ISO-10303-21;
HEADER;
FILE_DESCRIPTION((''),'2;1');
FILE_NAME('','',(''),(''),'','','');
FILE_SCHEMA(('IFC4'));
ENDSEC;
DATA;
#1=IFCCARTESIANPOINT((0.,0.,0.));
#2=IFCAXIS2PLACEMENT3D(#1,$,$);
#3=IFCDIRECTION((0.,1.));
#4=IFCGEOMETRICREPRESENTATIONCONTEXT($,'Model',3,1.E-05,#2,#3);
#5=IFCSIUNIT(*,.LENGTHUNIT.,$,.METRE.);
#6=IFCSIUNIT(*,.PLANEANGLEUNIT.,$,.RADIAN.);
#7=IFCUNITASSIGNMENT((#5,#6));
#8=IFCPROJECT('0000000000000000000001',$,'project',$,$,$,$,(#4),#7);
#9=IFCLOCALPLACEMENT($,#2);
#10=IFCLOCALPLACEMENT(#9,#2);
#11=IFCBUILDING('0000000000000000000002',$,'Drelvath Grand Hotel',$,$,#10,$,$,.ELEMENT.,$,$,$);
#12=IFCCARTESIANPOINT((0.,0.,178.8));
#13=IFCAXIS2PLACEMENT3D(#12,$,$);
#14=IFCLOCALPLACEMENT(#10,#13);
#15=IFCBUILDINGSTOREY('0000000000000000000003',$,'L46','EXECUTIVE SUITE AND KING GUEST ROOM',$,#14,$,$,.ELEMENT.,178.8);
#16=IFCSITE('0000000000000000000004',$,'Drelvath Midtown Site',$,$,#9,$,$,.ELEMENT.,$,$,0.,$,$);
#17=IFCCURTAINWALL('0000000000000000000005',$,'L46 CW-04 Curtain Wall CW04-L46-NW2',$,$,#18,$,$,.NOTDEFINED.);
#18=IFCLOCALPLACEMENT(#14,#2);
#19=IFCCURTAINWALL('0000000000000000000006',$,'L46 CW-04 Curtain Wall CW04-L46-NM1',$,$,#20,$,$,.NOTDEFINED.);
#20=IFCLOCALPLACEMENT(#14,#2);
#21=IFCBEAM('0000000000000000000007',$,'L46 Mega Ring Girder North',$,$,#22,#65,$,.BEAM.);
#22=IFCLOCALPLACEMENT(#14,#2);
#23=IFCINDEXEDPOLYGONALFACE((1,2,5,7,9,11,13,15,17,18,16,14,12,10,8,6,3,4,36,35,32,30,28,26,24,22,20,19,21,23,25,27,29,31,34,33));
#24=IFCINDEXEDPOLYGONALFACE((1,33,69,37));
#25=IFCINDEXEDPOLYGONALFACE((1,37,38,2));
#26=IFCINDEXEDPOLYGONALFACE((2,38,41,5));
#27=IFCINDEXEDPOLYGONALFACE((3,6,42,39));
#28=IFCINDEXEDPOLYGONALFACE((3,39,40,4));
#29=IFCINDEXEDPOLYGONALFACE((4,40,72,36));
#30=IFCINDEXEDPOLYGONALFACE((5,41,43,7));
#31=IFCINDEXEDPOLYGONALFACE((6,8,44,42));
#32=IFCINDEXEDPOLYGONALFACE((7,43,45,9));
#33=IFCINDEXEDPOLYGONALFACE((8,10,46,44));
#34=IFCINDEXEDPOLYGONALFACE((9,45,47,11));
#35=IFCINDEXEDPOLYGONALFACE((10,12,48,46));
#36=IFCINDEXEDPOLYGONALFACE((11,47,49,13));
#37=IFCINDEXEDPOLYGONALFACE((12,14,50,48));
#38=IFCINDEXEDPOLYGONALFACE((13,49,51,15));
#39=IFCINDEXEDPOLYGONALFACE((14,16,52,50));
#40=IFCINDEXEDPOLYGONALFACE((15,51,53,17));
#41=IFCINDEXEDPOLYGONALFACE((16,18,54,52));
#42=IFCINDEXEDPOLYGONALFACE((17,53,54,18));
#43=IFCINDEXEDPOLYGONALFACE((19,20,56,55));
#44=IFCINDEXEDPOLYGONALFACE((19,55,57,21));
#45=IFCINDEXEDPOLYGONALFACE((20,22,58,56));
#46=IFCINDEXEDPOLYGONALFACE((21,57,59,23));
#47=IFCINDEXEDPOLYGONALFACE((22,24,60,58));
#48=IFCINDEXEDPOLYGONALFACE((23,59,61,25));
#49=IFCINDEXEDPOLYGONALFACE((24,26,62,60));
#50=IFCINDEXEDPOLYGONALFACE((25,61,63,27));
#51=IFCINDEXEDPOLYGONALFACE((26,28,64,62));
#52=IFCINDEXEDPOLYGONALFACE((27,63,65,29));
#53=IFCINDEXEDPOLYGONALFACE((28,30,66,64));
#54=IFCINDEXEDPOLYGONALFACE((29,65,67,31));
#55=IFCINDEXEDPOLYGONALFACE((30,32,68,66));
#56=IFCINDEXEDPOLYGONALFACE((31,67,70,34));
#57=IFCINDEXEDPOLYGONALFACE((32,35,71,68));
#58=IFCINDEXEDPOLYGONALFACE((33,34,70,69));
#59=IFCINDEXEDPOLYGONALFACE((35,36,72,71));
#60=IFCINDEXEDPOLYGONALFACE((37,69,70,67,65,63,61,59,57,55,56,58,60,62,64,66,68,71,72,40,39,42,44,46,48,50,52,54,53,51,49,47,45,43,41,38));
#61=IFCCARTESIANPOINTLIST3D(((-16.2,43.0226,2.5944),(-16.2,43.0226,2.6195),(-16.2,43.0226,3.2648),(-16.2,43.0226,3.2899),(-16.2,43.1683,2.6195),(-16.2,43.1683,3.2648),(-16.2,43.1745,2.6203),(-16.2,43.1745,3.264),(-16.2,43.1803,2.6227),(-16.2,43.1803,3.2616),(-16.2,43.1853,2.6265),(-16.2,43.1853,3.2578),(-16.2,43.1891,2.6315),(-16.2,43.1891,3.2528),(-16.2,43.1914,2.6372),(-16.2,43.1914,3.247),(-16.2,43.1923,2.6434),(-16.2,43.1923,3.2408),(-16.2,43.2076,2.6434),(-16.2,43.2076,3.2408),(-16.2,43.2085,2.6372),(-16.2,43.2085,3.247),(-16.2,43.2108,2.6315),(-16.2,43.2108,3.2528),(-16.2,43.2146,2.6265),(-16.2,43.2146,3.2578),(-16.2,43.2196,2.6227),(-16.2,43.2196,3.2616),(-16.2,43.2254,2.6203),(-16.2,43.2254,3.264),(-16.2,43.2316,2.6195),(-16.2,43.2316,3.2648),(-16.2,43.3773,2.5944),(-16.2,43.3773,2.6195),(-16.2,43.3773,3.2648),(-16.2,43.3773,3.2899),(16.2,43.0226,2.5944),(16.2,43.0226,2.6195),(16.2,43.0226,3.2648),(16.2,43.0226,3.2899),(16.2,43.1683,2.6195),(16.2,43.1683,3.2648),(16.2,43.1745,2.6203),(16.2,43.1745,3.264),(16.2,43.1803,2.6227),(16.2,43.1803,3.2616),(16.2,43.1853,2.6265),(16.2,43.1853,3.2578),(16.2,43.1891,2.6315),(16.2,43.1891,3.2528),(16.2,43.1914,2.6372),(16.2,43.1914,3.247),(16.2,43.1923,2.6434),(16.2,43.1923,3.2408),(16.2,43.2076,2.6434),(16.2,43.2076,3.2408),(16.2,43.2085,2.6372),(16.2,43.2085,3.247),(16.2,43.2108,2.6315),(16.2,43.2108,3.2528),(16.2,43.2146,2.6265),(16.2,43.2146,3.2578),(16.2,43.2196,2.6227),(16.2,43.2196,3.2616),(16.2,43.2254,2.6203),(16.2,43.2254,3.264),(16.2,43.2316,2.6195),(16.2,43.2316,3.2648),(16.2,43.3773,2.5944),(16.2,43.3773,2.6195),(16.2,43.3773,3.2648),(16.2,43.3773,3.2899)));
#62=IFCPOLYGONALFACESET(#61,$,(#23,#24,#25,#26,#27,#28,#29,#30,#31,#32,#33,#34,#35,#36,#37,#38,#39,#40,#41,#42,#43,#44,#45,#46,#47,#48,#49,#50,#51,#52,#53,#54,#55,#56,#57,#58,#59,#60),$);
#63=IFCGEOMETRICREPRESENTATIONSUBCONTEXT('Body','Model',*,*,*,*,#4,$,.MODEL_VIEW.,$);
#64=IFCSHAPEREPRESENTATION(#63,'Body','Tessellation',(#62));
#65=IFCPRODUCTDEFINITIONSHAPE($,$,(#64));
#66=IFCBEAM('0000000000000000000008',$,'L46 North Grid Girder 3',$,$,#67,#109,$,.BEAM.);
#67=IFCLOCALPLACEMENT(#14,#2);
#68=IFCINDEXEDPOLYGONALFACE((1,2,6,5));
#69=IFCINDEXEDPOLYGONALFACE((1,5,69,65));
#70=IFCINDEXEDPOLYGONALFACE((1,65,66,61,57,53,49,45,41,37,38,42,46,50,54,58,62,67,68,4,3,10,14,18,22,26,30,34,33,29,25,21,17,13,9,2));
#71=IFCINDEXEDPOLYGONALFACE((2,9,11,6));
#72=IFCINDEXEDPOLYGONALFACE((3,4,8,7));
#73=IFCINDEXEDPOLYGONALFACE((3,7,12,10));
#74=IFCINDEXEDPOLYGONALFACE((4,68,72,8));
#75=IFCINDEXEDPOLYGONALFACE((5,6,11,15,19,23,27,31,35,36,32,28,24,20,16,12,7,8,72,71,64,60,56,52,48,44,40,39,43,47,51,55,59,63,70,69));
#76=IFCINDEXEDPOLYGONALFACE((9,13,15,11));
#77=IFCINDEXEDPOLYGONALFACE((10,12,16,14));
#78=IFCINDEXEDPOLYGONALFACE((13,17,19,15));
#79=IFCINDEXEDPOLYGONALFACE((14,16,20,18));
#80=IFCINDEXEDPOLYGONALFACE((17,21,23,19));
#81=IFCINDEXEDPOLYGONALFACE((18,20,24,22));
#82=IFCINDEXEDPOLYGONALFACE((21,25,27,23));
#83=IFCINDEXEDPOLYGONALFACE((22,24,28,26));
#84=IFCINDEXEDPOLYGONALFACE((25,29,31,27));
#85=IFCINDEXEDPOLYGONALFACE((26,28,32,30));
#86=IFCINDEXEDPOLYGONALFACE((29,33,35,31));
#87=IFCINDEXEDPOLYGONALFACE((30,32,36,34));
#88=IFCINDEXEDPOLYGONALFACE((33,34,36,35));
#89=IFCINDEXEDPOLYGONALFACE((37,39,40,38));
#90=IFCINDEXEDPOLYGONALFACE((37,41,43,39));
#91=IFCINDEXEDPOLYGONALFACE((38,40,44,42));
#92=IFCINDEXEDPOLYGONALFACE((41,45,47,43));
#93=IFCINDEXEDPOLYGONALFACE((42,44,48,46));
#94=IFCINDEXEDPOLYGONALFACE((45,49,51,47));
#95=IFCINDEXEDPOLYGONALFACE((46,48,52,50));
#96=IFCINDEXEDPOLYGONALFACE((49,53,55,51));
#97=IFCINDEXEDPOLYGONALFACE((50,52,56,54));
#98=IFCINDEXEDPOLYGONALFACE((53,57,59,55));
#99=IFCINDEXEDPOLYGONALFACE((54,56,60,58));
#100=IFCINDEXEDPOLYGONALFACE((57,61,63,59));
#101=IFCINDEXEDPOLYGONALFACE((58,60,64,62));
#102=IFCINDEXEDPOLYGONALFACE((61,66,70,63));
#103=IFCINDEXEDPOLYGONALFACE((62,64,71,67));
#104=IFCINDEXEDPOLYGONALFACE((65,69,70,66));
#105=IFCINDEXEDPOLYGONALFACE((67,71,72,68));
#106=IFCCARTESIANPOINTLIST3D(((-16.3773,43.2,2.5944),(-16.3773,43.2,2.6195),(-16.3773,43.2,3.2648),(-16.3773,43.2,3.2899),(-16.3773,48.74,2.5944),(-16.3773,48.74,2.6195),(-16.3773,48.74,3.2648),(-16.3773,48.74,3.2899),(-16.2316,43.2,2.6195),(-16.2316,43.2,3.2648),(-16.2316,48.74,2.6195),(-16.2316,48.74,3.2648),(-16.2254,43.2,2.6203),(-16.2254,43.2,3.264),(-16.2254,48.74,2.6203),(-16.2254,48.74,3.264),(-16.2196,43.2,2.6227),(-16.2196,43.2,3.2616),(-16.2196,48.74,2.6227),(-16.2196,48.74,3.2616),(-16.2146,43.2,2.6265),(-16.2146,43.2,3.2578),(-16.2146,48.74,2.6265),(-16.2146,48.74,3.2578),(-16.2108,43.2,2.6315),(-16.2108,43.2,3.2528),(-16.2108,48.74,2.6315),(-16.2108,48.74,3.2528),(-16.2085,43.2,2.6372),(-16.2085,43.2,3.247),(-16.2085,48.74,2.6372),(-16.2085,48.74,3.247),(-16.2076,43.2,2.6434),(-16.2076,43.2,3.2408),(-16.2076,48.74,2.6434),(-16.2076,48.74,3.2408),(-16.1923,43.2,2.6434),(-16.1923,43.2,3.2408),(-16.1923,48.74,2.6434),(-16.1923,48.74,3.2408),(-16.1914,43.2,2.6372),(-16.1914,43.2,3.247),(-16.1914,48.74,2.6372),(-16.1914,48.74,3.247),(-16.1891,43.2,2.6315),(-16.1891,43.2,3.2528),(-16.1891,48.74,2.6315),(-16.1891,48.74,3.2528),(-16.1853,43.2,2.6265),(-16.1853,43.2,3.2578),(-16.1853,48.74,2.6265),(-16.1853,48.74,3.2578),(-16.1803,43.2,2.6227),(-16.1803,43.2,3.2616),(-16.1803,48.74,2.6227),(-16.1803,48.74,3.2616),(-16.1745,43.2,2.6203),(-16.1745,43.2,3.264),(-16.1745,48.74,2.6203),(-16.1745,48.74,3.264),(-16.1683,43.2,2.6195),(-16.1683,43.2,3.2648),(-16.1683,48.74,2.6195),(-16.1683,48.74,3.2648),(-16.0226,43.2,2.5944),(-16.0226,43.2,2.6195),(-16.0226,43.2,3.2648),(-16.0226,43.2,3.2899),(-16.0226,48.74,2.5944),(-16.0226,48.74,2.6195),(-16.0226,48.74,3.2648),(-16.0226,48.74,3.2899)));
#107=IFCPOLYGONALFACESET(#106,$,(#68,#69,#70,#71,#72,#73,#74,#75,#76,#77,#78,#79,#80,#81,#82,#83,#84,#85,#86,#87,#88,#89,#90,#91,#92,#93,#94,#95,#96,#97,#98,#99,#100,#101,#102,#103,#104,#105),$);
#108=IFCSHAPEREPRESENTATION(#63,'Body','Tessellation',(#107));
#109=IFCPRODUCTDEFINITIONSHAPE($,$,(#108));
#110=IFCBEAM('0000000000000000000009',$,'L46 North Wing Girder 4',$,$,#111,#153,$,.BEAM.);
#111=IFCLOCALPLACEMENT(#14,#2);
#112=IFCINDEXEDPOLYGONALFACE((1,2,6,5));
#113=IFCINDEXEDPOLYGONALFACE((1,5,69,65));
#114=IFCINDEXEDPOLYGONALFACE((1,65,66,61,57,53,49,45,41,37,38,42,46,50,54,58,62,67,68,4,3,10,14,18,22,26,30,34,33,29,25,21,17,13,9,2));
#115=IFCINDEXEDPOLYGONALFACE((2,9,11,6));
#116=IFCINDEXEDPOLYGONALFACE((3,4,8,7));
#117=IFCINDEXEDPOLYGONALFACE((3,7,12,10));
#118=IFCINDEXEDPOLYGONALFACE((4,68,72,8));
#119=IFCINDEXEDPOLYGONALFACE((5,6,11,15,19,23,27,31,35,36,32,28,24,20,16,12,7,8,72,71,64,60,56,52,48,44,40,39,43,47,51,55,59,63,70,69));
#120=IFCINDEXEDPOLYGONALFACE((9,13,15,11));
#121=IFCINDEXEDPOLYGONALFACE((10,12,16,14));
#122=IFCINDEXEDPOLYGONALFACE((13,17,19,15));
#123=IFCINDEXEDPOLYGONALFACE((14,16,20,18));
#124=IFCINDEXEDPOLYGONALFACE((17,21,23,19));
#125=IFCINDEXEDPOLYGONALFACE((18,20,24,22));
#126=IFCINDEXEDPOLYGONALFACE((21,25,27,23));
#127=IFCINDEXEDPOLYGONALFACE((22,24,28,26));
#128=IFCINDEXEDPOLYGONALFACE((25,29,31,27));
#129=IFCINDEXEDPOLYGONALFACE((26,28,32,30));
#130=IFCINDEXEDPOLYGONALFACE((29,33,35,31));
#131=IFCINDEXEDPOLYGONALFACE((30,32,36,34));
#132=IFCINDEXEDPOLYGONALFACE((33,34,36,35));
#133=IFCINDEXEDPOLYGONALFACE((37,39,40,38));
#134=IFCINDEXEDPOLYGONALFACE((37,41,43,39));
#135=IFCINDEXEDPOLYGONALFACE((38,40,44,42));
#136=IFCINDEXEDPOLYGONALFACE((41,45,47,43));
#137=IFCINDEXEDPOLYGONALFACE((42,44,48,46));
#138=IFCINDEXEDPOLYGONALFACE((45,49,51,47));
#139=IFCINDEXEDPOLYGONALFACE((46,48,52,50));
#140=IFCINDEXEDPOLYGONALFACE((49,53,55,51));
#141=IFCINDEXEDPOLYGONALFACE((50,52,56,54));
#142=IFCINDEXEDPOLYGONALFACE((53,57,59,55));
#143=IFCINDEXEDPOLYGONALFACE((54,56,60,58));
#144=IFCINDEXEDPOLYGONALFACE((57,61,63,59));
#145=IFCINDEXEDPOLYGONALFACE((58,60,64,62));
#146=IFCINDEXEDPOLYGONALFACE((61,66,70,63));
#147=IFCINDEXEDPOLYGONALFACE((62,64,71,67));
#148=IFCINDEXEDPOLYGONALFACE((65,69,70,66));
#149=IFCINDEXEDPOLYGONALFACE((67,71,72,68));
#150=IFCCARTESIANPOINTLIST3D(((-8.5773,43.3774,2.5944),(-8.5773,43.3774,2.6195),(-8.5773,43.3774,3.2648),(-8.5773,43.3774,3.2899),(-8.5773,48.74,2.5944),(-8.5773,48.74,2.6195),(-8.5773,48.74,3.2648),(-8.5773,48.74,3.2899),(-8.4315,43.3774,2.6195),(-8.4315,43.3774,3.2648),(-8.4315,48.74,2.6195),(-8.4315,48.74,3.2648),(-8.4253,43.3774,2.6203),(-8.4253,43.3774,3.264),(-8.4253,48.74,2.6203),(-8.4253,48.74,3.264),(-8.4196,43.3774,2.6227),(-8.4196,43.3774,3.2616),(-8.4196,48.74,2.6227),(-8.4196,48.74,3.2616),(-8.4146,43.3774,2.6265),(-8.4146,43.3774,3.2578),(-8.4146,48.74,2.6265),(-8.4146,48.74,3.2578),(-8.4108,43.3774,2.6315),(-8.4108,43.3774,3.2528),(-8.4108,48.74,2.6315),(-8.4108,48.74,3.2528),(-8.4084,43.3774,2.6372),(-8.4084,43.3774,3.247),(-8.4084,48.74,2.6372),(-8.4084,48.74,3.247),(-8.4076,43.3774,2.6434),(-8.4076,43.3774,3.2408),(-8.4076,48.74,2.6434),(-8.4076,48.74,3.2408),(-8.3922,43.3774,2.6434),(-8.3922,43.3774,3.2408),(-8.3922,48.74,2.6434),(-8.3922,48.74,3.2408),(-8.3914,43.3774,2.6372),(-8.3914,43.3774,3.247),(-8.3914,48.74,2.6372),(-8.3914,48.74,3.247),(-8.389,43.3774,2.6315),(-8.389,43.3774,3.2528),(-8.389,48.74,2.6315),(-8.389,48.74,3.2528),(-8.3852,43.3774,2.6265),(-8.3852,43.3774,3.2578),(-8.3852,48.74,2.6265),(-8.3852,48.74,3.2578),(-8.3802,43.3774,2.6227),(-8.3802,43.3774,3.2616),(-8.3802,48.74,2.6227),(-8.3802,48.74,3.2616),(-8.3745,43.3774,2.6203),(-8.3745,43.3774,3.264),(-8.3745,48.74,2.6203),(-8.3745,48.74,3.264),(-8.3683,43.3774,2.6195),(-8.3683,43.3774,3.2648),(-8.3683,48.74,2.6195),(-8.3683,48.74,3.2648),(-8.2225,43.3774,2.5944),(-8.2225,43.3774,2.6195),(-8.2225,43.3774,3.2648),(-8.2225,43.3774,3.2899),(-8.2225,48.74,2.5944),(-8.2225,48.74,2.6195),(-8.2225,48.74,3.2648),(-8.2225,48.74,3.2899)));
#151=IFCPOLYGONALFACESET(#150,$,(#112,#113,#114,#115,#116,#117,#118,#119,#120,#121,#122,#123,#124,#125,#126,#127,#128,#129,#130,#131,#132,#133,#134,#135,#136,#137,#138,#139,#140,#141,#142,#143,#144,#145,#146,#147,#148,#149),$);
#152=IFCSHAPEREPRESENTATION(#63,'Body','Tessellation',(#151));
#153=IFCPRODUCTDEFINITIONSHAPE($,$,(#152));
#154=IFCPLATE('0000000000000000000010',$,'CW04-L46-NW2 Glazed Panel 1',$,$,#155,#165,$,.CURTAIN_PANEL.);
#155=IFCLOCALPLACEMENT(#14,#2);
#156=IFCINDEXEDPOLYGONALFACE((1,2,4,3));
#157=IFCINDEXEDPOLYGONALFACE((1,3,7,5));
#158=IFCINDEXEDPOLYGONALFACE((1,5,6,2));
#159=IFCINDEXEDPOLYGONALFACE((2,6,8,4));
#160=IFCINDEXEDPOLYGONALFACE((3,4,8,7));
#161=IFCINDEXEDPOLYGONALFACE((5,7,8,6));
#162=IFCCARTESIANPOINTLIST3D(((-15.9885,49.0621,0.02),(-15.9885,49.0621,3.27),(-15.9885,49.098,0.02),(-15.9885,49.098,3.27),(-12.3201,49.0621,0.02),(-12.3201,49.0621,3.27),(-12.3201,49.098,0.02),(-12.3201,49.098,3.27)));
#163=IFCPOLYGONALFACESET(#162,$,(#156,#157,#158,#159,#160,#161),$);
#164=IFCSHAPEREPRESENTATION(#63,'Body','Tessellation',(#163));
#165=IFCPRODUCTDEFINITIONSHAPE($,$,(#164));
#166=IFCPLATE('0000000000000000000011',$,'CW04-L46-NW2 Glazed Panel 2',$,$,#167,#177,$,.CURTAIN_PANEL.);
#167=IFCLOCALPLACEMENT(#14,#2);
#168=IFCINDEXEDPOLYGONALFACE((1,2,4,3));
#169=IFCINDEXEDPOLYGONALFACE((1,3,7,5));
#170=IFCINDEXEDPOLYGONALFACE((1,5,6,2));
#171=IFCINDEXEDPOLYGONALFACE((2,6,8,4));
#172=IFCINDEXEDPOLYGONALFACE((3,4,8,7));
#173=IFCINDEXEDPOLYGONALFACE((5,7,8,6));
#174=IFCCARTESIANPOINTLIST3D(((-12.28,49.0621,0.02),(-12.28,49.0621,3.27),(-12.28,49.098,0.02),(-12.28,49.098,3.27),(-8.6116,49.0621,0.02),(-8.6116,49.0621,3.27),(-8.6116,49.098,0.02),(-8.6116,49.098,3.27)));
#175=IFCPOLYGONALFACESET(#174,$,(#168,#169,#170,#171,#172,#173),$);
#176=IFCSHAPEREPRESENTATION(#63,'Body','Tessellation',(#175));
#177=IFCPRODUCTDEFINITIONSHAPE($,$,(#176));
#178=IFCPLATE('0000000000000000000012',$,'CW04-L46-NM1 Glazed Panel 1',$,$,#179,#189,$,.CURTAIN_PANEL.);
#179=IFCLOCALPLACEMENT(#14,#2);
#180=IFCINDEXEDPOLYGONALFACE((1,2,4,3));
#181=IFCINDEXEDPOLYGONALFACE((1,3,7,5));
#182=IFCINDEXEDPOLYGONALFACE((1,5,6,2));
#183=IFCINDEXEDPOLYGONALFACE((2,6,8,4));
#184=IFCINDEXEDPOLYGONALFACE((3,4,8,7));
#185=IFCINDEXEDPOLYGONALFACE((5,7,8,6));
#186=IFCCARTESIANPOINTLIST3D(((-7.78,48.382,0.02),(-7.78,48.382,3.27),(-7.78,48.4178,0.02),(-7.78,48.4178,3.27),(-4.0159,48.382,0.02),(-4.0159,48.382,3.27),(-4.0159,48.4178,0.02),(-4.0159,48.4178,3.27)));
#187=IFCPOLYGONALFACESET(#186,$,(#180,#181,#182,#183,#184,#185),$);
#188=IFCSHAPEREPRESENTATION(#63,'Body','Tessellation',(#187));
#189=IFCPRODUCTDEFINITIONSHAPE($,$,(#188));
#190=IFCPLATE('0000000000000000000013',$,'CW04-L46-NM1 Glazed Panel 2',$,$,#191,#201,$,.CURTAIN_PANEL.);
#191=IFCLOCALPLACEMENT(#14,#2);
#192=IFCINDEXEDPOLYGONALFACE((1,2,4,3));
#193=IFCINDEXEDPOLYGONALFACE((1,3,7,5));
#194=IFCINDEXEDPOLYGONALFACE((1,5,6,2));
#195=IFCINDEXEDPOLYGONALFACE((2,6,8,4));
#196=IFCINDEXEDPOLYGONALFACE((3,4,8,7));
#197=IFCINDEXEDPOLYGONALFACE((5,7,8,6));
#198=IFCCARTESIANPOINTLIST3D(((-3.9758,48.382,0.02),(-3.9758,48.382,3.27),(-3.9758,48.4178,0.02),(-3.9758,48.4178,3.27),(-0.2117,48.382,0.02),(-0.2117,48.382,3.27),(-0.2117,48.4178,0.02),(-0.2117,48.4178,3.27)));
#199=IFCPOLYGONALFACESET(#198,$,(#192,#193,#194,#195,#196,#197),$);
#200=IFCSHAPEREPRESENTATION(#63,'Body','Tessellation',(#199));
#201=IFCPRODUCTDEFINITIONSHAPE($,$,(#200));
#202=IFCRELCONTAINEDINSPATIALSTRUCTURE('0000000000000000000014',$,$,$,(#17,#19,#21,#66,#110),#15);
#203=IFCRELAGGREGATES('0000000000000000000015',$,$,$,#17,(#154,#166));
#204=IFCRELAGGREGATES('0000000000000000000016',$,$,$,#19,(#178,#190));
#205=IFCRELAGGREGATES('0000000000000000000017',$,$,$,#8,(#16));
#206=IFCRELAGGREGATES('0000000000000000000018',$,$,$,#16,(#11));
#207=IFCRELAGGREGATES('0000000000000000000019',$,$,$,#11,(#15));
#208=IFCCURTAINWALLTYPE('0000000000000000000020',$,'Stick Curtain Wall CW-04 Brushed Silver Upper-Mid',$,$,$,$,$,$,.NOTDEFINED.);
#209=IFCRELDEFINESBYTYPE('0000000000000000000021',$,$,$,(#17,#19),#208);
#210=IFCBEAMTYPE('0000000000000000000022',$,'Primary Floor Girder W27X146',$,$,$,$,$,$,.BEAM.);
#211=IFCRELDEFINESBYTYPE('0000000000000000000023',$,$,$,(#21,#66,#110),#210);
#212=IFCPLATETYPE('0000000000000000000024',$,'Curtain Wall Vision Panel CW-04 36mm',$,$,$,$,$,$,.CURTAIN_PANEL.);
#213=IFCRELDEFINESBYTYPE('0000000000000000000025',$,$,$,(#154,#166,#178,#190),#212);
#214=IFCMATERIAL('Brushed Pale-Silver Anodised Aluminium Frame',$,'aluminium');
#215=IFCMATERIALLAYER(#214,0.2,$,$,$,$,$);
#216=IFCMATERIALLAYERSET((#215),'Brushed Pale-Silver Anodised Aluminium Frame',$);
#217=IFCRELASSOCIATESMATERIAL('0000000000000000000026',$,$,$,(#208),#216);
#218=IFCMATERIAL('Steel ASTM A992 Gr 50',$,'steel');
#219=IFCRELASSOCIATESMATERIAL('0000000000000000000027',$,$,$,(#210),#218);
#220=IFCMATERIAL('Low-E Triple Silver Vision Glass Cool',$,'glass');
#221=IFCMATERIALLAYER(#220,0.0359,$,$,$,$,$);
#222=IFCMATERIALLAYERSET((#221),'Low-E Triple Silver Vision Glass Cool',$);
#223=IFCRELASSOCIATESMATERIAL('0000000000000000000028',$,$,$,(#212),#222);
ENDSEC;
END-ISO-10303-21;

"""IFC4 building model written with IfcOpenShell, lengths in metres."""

from ifc_helpers import new_model, si_unit, direction, frame, origin, origin_2d, place, context, subcontext, project, spatial, rectangle, i_section, extrude, material, layer, layer_set, material_profile, profile_set, type_object, element, aggregate, save


model = new_model("IFC4")

# Units and contexts
model_context = context("Model", 3, precision=1e-05, world=origin(), true_north=direction((0.0, 1.0)))
body_context = subcontext(model_context, "Body", "Model", "MODEL_VIEW")
ifc_project = project(units=[si_unit("LENGTHUNIT", "METRE"), si_unit("PLANEANGLEUNIT", "RADIAN")], contexts=[model_context])

# Site, building, storey
site_placement = place(None, origin())
site = spatial("IfcSite", under=ifc_project, at=site_placement, Name="Drelvath Midtown Site", CompositionType="ELEMENT", RefElevation=0.0)
building_placement = place(site_placement, origin())
building = spatial("IfcBuilding", under=site, at=building_placement, Name="Drelvath Grand Hotel", CompositionType="ELEMENT")
storey_placement = place(building_placement, frame((0.0, 0.0, 178.8)))
storey = spatial("IfcBuildingStorey", under=building, at=storey_placement, Name="L46", Description="EXECUTIVE SUITE AND KING GUEST ROOM", CompositionType="ELEMENT", Elevation=178.8)

# Curtain walls
ifc_material_1 = material(Name="Brushed Pale-Silver Anodised Aluminium Frame", Category="aluminium")
ifc_layer_1 = layer(ifc_material_1, 0.2)
ifc_layer_set_1 = layer_set([ifc_layer_1], Name="Brushed Pale-Silver Anodised Aluminium Frame")
curtain_wall_type = type_object("IfcCurtainWallType", Name="Stick Curtain Wall CW-04 Brushed Silver Upper-Mid", PredefinedType="NOTDEFINED", material=ifc_layer_set_1)
curtain_wall_1_placement = place(storey_placement, origin())
curtain_wall_1 = element("IfcCurtainWall", 1, at=curtain_wall_1_placement, inside=storey, type_object=curtain_wall_type, Name="L46 CW-04 Curtain Wall CW04-L46-NW2", PredefinedType="NOTDEFINED")
curtain_wall_2_placement = place(storey_placement, origin())
curtain_wall_2 = element("IfcCurtainWall", 2, at=curtain_wall_2_placement, inside=storey, type_object=curtain_wall_type, Name="L46 CW-04 Curtain Wall CW04-L46-NM1", PredefinedType="NOTDEFINED")

# Beams
ifc_material_2 = material(Name="Steel ASTM A992 Gr 50", Category="steel")
ifc_material_profile_1 = material_profile(ifc_material_2, i_section(OverallWidth=0.3547, OverallDepth=0.6956, WebThickness=0.0154, FlangeThickness=0.0251, FilletRadius=0.0239, at=origin_2d()), Name="W27X146")
ifc_profile_set_1 = profile_set([ifc_material_profile_1], Name="Steel ASTM A992 Gr 50")
beam_type_1 = type_object("IfcBeamType", Name="Primary Floor Girder W27X146", PredefinedType="BEAM", material=ifc_profile_set_1)
beam_1_placement = place(storey_placement, frame((-16.2, 43.2, 2.9421), z_axis=(1.0, 0.0, 0.0), x_axis=(0.0, 1.0, 0.0)))
element("IfcBeam", 3, at=beam_1_placement, inside=storey, type_object=beam_type_1, Name="L46 Mega Ring Girder North", PredefinedType="BEAM", context=body_context, shape_type="SweptSolid", body=[
    extrude(i_section(OverallWidth=0.3547, OverallDepth=0.6956, WebThickness=0.0154, FlangeThickness=0.0251, FilletRadius=0.0239, at=origin_2d()), origin(), (0.0, 0.0, 1.0), 32.3999),
])
beam_2_placement = place(storey_placement, frame((-16.2, 43.2, 2.9421), z_axis=(0.0, 1.0, 0.0), x_axis=(-1.0, 0.0, 0.0)))
element("IfcBeam", 4, at=beam_2_placement, inside=storey, type_object=beam_type_1, Name="L46 North Grid Girder 3", PredefinedType="BEAM", context=body_context, shape_type="SweptSolid", body=[
    extrude(i_section(OverallWidth=0.3547, OverallDepth=0.6956, WebThickness=0.0154, FlangeThickness=0.0251, FilletRadius=0.0239, at=origin_2d()), origin(), (0.0, 0.0, 1.0), 5.54),
])
beam_3_placement = place(storey_placement, frame((-8.3999, 43.3774, 2.9421), z_axis=(0.0, 1.0, 0.0), x_axis=(-1.0, 0.0, 0.0)))
element("IfcBeam", 5, at=beam_3_placement, inside=storey, type_object=beam_type_1, Name="L46 North Wing Girder 4", PredefinedType="BEAM", context=body_context, shape_type="SweptSolid", body=[
    extrude(i_section(OverallWidth=0.3547, OverallDepth=0.6956, WebThickness=0.0154, FlangeThickness=0.0251, FilletRadius=0.0239, at=origin_2d()), origin(), (0.0, 0.0, 1.0), 5.3625),
])

# Plates
ifc_material_3 = material(Name="Low-E Triple Silver Vision Glass Cool", Category="glass")
ifc_layer_2 = layer(ifc_material_3, 0.0359)
ifc_layer_set_2 = layer_set([ifc_layer_2], Name="Low-E Triple Silver Vision Glass Cool")
plate_type = type_object("IfcPlateType", Name="Curtain Wall Vision Panel CW-04 36mm", PredefinedType="CURTAIN_PANEL", material=ifc_layer_set_2)
plate_1_placement = place(storey_placement, frame((-14.1543, 49.0801, 0.02), z_axis=(0.0, 0.0, 1.0), x_axis=(1.0, 0.0, 0.0)))
plate_1 = element("IfcPlate", 6, at=plate_1_placement, type_object=plate_type, Name="CW04-L46-NW2 Glazed Panel 1", PredefinedType="CURTAIN_PANEL", context=body_context, shape_type="SweptSolid", body=[
    extrude(rectangle(XDim=3.6685, YDim=0.0359, at=origin_2d()), origin(), (0.0, 0.0, 1.0), 3.25),
])
plate_2_placement = place(storey_placement, frame((-10.4458, 49.0801, 0.02), z_axis=(0.0, 0.0, 1.0), x_axis=(1.0, 0.0, 0.0)))
plate_2 = element("IfcPlate", 7, at=plate_2_placement, type_object=plate_type, Name="CW04-L46-NW2 Glazed Panel 2", PredefinedType="CURTAIN_PANEL", context=body_context, shape_type="SweptSolid", body=[
    extrude(rectangle(XDim=3.6685, YDim=0.0359, at=origin_2d()), origin(), (0.0, 0.0, 1.0), 3.25),
])
aggregate(curtain_wall_1, [plate_1, plate_2])
plate_3_placement = place(storey_placement, frame((-5.8979, 48.3999, 0.02), z_axis=(0.0, 0.0, 1.0), x_axis=(1.0, 0.0, 0.0)))
plate_3 = element("IfcPlate", 8, at=plate_3_placement, type_object=plate_type, Name="CW04-L46-NM1 Glazed Panel 1", PredefinedType="CURTAIN_PANEL", context=body_context, shape_type="SweptSolid", body=[
    extrude(rectangle(XDim=3.7642, YDim=0.0359, at=origin_2d()), origin(), (0.0, 0.0, 1.0), 3.25),
])
plate_4_placement = place(storey_placement, frame((-2.0938, 48.3999, 0.02), z_axis=(0.0, 0.0, 1.0), x_axis=(1.0, 0.0, 0.0)))
plate_4 = element("IfcPlate", 9, at=plate_4_placement, type_object=plate_type, Name="CW04-L46-NM1 Glazed Panel 2", PredefinedType="CURTAIN_PANEL", context=body_context, shape_type="SweptSolid", body=[
    extrude(rectangle(XDim=3.7642, YDim=0.0359, at=origin_2d()), origin(), (0.0, 0.0, 1.0), 3.25),
])
aggregate(curtain_wall_2, [plate_3, plate_4])

save(model, "model.ifc")
